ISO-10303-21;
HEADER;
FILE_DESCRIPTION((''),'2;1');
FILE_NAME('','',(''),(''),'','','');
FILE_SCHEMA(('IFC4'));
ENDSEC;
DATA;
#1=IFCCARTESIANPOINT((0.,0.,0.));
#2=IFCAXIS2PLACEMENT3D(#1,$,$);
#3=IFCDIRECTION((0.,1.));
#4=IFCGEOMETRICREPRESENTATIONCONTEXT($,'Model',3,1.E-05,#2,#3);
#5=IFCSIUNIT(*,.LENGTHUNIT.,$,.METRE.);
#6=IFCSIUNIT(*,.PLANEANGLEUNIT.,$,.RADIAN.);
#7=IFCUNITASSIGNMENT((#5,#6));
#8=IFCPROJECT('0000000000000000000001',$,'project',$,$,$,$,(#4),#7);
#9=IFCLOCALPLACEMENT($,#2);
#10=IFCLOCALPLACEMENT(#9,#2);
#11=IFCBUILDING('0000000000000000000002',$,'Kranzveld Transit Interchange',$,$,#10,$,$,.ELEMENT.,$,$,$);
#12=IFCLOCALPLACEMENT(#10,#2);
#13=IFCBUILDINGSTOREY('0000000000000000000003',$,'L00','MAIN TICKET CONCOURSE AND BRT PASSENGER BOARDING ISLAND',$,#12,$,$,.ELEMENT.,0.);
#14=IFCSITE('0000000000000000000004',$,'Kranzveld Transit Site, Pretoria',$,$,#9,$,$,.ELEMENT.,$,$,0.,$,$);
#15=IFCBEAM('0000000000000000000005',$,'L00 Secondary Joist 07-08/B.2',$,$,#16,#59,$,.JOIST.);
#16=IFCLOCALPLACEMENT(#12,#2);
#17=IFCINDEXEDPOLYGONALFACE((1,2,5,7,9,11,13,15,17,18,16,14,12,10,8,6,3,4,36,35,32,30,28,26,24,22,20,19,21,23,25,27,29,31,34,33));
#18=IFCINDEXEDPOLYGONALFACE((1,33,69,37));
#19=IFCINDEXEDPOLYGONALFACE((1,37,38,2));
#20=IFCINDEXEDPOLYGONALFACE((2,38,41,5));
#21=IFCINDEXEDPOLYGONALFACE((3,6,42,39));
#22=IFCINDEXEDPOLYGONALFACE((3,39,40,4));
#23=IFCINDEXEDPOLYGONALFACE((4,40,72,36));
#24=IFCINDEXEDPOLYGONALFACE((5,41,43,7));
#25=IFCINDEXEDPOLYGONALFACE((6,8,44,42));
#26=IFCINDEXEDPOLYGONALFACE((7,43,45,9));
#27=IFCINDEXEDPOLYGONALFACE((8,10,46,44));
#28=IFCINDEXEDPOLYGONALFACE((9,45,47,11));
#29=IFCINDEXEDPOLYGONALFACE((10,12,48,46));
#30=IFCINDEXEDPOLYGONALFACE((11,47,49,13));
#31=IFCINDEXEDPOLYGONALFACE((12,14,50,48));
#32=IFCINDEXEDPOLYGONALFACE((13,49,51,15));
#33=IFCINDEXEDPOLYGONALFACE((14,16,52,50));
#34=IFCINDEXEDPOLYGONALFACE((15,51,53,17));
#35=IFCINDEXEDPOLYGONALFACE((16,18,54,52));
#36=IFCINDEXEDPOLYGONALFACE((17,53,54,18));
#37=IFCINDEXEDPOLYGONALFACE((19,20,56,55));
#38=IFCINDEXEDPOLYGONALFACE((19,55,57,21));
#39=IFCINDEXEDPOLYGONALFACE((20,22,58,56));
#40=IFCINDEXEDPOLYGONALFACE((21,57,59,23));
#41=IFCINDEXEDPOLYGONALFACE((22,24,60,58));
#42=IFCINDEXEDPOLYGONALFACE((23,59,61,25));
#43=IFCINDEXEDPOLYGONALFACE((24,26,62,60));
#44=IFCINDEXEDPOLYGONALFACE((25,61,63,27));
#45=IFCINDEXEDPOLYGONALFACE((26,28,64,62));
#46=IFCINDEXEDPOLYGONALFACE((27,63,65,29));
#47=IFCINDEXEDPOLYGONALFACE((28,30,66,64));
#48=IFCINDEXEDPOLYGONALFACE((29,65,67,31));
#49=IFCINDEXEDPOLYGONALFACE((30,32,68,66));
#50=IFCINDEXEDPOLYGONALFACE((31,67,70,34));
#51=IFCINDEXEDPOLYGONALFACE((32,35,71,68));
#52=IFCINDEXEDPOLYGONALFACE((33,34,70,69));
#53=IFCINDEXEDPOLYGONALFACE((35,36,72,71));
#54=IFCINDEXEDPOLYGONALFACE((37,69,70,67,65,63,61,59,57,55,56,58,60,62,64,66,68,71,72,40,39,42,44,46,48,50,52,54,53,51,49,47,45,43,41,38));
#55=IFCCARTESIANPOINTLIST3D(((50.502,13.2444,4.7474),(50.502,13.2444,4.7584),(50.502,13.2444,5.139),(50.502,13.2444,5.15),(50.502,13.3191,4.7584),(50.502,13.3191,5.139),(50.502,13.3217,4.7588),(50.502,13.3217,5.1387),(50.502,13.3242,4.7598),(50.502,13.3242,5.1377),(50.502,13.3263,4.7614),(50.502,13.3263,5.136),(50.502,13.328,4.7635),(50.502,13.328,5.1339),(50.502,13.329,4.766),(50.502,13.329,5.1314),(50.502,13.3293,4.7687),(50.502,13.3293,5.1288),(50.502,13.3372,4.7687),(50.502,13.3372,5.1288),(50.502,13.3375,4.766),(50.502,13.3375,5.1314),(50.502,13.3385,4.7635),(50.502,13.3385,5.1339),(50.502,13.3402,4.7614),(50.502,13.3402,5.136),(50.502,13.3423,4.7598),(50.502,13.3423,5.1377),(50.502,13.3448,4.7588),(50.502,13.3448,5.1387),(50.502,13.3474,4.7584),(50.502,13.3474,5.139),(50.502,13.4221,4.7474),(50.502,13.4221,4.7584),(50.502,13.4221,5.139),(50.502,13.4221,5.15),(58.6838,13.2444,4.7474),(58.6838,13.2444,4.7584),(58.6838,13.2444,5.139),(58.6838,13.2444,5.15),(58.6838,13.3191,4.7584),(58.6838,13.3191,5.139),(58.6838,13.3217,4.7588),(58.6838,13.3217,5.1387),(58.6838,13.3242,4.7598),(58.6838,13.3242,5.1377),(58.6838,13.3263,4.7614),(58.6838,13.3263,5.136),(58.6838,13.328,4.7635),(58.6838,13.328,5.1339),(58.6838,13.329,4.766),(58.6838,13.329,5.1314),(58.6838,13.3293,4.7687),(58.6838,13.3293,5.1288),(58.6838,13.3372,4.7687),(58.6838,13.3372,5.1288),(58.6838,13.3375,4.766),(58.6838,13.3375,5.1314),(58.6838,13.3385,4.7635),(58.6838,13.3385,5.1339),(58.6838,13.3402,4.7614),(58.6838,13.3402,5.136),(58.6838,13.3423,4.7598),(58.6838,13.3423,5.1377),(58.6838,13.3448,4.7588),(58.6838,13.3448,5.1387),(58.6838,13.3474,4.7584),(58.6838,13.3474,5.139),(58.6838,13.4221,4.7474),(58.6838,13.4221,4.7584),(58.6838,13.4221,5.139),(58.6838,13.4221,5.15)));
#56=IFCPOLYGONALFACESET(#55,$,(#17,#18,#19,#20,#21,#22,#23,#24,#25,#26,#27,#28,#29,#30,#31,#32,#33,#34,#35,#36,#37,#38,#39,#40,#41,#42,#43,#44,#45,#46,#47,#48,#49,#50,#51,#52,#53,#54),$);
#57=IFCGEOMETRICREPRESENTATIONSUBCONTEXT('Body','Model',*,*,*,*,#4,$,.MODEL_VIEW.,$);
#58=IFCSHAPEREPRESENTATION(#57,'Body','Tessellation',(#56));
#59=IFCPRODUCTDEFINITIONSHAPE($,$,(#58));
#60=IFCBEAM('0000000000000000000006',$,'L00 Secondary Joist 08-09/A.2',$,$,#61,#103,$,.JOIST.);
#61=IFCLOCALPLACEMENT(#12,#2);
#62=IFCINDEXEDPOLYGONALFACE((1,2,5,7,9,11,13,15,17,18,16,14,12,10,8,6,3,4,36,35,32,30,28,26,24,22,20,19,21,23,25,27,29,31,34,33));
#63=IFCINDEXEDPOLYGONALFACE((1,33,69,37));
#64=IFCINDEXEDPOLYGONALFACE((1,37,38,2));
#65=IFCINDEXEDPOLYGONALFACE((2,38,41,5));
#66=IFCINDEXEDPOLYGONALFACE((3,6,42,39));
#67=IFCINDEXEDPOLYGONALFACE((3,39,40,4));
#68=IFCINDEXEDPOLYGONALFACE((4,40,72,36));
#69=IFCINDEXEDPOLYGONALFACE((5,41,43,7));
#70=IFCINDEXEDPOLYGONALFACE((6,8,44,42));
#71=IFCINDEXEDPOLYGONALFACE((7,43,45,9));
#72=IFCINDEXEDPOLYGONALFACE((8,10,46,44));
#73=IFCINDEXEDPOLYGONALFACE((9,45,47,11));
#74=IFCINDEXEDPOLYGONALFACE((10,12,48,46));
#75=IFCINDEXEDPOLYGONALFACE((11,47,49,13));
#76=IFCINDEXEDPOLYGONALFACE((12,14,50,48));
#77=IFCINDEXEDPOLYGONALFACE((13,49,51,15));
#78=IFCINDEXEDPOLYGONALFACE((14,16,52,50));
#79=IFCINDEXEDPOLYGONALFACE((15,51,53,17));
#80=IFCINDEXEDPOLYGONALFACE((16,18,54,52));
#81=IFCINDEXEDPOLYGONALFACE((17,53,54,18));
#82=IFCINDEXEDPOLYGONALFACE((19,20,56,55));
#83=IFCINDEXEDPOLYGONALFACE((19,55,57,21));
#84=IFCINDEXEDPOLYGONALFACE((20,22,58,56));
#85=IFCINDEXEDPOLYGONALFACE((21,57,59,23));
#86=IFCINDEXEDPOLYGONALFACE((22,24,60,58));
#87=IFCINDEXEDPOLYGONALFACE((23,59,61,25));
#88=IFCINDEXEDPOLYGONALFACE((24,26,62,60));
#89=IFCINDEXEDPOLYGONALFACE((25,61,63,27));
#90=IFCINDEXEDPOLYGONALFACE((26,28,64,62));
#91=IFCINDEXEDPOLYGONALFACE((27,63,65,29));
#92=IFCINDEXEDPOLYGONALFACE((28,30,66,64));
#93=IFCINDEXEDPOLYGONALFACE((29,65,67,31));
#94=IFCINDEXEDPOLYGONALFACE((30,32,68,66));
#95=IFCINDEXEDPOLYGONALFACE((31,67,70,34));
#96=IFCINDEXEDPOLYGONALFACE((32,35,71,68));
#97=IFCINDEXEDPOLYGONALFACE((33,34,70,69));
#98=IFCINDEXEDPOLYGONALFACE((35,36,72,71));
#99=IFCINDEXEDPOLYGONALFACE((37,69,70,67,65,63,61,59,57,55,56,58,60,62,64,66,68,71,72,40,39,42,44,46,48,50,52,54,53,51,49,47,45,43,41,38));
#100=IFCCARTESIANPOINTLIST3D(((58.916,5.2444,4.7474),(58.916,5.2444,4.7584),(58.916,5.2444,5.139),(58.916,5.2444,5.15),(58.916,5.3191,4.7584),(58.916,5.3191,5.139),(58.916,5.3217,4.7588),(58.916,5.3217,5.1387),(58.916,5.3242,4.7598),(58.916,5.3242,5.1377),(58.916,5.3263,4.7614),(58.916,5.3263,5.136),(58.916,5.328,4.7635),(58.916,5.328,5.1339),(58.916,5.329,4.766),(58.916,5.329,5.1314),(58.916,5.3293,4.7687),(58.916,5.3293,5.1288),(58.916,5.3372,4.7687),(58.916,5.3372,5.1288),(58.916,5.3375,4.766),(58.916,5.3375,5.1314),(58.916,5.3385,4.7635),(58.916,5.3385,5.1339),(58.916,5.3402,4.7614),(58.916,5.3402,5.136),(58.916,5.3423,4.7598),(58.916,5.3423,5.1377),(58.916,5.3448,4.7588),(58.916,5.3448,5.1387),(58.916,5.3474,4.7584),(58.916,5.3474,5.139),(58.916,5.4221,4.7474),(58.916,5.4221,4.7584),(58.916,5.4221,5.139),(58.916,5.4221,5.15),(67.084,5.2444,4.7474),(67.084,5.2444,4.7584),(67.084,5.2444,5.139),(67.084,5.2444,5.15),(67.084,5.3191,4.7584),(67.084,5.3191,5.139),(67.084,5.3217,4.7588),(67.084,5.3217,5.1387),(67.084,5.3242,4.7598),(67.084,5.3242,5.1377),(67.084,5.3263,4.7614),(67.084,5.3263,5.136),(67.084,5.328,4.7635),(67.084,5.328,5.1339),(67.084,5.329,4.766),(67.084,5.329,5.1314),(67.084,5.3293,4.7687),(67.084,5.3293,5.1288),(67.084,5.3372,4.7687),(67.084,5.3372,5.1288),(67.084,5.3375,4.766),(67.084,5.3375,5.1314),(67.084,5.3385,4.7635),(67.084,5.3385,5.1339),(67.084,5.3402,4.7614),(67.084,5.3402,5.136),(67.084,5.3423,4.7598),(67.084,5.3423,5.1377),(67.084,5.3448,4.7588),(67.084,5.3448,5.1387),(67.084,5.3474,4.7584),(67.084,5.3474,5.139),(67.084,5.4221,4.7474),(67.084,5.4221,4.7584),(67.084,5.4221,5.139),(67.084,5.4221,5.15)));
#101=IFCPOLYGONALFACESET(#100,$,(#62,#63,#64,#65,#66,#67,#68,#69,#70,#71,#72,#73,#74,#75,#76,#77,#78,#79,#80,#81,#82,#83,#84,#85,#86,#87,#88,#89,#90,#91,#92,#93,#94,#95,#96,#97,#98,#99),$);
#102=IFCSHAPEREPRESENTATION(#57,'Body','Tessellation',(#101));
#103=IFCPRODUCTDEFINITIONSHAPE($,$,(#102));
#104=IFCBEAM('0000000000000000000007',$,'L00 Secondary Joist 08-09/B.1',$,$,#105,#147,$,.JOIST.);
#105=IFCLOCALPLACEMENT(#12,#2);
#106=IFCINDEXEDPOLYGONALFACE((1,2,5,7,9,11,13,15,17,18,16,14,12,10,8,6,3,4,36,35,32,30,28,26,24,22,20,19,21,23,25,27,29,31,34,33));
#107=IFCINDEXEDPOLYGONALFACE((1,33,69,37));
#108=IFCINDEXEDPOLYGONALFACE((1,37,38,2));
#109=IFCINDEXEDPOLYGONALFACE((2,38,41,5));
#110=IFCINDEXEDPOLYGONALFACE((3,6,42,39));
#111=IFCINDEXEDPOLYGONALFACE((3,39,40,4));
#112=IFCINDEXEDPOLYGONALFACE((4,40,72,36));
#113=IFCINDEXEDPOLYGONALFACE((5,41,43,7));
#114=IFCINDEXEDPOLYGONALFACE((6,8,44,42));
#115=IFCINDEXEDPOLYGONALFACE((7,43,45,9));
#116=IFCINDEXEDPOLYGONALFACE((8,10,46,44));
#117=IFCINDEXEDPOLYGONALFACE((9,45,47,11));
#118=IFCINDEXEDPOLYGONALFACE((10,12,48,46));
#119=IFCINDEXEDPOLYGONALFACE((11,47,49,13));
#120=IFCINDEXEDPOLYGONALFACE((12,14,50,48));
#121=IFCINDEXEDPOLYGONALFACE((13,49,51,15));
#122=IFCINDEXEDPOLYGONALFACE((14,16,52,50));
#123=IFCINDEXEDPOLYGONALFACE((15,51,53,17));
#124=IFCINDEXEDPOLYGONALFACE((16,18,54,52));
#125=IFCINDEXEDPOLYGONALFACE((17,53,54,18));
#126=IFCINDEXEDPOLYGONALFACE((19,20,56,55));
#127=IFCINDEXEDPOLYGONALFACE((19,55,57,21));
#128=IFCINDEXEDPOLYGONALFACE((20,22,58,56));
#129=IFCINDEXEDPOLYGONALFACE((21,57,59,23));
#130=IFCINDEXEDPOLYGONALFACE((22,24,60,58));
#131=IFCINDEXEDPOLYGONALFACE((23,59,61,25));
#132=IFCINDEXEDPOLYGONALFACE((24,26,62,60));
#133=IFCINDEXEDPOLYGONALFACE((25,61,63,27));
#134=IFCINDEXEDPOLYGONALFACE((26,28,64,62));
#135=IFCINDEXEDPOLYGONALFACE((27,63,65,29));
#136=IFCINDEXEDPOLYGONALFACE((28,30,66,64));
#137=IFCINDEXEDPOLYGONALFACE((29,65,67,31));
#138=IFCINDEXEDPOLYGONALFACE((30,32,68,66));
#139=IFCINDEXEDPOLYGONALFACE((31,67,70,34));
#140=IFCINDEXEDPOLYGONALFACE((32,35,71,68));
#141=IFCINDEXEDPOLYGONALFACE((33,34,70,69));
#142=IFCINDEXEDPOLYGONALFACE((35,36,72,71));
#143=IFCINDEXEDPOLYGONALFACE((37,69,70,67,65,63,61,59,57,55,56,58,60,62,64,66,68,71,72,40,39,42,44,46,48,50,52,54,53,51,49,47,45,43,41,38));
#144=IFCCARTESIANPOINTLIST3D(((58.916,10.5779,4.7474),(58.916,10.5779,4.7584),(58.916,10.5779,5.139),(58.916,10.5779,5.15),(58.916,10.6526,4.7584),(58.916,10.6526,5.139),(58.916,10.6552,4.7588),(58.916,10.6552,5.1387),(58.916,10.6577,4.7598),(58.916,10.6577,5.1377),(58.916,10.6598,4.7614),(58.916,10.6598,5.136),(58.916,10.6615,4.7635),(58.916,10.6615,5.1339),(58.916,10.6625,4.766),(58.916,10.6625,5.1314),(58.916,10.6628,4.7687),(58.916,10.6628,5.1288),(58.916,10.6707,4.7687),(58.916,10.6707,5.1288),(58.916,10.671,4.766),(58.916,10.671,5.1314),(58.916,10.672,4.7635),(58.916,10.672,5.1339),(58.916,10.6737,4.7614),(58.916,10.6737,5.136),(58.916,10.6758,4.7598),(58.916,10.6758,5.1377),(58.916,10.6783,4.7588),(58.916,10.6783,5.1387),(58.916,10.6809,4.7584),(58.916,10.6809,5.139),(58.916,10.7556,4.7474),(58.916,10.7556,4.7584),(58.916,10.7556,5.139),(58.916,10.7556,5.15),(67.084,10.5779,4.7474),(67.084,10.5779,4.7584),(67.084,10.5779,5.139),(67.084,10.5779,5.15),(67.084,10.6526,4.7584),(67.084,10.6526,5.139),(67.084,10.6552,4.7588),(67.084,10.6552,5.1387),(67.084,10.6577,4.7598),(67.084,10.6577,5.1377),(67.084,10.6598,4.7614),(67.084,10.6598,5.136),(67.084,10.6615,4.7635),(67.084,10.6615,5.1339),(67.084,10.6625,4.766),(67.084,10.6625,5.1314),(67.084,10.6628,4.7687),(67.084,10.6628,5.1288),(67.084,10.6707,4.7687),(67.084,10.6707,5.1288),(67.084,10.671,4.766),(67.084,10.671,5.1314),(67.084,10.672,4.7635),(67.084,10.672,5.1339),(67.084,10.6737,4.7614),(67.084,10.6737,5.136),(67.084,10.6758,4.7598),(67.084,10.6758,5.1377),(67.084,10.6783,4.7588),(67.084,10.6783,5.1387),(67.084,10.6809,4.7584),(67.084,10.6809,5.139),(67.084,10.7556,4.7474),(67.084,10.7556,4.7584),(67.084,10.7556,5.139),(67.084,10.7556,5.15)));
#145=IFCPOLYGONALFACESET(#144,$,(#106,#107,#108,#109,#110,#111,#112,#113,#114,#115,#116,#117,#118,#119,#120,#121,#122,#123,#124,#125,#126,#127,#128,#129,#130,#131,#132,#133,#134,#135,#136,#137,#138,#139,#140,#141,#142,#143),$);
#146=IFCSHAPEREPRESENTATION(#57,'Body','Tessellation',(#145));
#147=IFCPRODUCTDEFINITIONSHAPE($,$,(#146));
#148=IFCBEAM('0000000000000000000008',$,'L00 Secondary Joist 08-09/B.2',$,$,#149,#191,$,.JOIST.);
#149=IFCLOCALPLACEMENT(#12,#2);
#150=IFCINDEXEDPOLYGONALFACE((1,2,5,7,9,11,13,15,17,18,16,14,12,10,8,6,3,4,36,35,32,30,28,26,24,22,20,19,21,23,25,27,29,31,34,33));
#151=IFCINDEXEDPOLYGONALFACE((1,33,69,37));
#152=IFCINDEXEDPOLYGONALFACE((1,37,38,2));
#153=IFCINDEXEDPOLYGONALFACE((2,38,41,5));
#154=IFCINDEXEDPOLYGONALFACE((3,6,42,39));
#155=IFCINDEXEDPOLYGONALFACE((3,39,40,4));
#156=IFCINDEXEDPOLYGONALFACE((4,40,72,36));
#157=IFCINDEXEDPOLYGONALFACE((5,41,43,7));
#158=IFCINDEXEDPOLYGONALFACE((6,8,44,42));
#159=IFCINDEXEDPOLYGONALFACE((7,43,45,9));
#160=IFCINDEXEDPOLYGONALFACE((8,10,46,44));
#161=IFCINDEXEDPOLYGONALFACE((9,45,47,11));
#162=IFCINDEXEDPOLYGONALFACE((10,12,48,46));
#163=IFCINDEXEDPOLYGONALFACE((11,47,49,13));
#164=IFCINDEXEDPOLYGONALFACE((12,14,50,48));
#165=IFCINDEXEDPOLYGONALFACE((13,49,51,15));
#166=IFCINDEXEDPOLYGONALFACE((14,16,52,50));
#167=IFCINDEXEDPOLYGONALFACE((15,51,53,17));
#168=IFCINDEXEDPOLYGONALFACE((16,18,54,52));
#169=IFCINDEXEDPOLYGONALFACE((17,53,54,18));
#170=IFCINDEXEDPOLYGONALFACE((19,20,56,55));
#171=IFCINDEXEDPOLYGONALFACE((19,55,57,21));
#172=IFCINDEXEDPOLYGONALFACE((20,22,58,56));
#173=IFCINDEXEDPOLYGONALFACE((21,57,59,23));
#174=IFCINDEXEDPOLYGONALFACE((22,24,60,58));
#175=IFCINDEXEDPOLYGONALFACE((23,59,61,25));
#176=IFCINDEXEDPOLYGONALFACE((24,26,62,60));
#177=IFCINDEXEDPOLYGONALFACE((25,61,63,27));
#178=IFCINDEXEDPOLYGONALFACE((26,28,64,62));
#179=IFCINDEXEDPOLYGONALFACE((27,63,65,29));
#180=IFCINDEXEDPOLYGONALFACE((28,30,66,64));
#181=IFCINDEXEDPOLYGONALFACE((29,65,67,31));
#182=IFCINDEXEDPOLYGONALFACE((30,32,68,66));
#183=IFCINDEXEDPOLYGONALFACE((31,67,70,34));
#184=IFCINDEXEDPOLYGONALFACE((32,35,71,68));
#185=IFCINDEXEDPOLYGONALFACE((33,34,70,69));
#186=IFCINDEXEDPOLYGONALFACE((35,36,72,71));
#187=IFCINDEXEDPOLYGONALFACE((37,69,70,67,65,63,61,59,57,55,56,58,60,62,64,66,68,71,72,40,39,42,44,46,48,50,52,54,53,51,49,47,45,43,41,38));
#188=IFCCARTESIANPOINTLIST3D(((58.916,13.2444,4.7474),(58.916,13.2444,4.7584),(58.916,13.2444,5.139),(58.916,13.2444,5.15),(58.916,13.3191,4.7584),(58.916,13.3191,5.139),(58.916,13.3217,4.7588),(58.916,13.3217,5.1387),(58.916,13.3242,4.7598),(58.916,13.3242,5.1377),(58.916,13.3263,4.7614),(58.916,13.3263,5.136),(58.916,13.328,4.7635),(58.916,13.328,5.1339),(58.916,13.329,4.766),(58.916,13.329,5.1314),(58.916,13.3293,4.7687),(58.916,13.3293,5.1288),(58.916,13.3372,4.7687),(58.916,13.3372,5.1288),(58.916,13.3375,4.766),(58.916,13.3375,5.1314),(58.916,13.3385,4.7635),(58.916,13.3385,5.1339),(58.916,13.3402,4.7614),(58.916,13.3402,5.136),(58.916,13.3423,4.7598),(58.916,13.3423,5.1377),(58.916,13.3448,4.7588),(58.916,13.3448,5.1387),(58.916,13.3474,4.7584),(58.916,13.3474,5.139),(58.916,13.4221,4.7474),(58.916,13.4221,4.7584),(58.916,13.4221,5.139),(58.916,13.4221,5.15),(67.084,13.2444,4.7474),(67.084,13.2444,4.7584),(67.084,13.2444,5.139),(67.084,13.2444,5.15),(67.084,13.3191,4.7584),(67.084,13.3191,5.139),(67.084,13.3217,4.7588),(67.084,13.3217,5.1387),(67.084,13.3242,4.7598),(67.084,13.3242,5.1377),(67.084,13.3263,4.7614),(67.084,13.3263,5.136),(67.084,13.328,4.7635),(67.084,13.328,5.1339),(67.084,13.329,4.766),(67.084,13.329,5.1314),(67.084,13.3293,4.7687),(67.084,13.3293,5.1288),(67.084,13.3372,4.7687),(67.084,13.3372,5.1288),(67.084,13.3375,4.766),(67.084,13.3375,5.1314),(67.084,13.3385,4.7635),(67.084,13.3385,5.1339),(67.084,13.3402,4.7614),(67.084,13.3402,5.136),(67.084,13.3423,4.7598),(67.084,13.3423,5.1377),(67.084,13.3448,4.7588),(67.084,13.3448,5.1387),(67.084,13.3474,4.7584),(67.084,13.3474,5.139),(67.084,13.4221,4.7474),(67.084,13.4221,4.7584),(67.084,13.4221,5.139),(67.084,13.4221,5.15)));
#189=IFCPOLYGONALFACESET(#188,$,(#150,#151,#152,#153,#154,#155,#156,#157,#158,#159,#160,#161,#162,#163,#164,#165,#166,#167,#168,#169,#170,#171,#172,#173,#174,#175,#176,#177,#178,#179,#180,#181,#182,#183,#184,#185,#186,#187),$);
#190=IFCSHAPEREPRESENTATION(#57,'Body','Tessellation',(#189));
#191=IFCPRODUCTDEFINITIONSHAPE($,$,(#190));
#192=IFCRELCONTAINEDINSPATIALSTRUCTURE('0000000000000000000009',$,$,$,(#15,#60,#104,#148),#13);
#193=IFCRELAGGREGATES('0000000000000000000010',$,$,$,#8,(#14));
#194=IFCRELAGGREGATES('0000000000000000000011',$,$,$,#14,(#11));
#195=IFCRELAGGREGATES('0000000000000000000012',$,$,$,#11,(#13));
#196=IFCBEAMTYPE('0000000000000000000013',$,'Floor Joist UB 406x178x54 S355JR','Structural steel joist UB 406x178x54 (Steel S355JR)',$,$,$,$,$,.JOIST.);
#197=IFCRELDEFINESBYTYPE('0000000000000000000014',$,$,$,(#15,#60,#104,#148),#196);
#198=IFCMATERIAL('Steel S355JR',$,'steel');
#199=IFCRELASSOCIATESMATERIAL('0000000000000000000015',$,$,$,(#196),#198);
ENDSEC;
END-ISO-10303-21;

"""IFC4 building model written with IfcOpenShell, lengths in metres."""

from ifc_helpers import new_model, si_unit, direction, frame, origin, origin_2d, place, context, subcontext, project, spatial, i_section, extrude, material, material_profile, profile_set, type_object, element, save


model = new_model("IFC4")

# Units and contexts
model_context = context("Model", 3, precision=1e-05, world=origin(), true_north=direction((0.0, 1.0)))
body_context = subcontext(model_context, "Body", "Model", "MODEL_VIEW")
ifc_project = project(units=[si_unit("LENGTHUNIT", "METRE"), si_unit("PLANEANGLEUNIT", "RADIAN")], contexts=[model_context])

# Site, building, storey
site_placement = place(None, origin())
site = spatial("IfcSite", under=ifc_project, at=site_placement, Name="Kranzveld Transit Site, Pretoria", CompositionType="ELEMENT", RefElevation=0.0)
building_placement = place(site_placement, origin())
building = spatial("IfcBuilding", under=site, at=building_placement, Name="Kranzveld Transit Interchange", CompositionType="ELEMENT")
storey_placement = place(building_placement, origin())
storey = spatial("IfcBuildingStorey", under=building, at=storey_placement, Name="L00", Description="MAIN TICKET CONCOURSE AND BRT PASSENGER BOARDING ISLAND", CompositionType="ELEMENT", Elevation=0.0)

# Beams
ifc_material_1 = material(Name="Steel S355JR", Category="steel")
ifc_material_profile_1 = material_profile(ifc_material_1, i_section(OverallWidth=0.1777, OverallDepth=0.4026, WebThickness=0.0078, FlangeThickness=0.011, FilletRadius=0.0103, at=origin_2d()), Name="UB 406x178x54")
ifc_profile_set_1 = profile_set([ifc_material_profile_1], Name="Steel S355JR")
beam_type_1 = type_object("IfcBeamType", Name="Floor Joist UB 406x178x54 S355JR", Description="Structural steel joist UB 406x178x54 (Steel S355JR)", PredefinedType="JOIST", material=ifc_profile_set_1)
for number, where, z_axis, x_axis, name in (
    (1, (50.502, 13.3333, 4.9487), (1.0, 0.0, 0.0), (0.0, 1.0, 0.0), "L00 Secondary Joist 07-08/B.2"),
):
    element("IfcBeam", number, at=place(storey_placement, frame(where, z_axis=z_axis, x_axis=x_axis)), inside=storey, type_object=beam_type_1, Name=name, PredefinedType="JOIST", context=body_context, shape_type="SweptSolid", body=[
        extrude(i_section(OverallWidth=0.1777, OverallDepth=0.4026, WebThickness=0.0078, FlangeThickness=0.011, FilletRadius=0.0103, at=origin_2d()), origin(), (0.0, 0.0, 1.0), 8.1819),
    ])
for number, where, z_axis, x_axis, name in (
    (2, (58.916, 5.3333, 4.9487), (1.0, 0.0, 0.0), (0.0, 1.0, 0.0), "L00 Secondary Joist 08-09/A.2"),
    (3, (58.916, 10.6667, 4.9487), (1.0, 0.0, 0.0), (0.0, 1.0, 0.0), "L00 Secondary Joist 08-09/B.1"),
    (4, (58.916, 13.3333, 4.9487), (1.0, 0.0, 0.0), (0.0, 1.0, 0.0), "L00 Secondary Joist 08-09/B.2"),
):
    element("IfcBeam", number, at=place(storey_placement, frame(where, z_axis=z_axis, x_axis=x_axis)), inside=storey, type_object=beam_type_1, Name=name, PredefinedType="JOIST", context=body_context, shape_type="SweptSolid", body=[
        extrude(i_section(OverallWidth=0.1777, OverallDepth=0.4026, WebThickness=0.0078, FlangeThickness=0.011, FilletRadius=0.0103, at=origin_2d()), origin(), (0.0, 0.0, 1.0), 8.168),
    ])

save(model, "model.ifc")
